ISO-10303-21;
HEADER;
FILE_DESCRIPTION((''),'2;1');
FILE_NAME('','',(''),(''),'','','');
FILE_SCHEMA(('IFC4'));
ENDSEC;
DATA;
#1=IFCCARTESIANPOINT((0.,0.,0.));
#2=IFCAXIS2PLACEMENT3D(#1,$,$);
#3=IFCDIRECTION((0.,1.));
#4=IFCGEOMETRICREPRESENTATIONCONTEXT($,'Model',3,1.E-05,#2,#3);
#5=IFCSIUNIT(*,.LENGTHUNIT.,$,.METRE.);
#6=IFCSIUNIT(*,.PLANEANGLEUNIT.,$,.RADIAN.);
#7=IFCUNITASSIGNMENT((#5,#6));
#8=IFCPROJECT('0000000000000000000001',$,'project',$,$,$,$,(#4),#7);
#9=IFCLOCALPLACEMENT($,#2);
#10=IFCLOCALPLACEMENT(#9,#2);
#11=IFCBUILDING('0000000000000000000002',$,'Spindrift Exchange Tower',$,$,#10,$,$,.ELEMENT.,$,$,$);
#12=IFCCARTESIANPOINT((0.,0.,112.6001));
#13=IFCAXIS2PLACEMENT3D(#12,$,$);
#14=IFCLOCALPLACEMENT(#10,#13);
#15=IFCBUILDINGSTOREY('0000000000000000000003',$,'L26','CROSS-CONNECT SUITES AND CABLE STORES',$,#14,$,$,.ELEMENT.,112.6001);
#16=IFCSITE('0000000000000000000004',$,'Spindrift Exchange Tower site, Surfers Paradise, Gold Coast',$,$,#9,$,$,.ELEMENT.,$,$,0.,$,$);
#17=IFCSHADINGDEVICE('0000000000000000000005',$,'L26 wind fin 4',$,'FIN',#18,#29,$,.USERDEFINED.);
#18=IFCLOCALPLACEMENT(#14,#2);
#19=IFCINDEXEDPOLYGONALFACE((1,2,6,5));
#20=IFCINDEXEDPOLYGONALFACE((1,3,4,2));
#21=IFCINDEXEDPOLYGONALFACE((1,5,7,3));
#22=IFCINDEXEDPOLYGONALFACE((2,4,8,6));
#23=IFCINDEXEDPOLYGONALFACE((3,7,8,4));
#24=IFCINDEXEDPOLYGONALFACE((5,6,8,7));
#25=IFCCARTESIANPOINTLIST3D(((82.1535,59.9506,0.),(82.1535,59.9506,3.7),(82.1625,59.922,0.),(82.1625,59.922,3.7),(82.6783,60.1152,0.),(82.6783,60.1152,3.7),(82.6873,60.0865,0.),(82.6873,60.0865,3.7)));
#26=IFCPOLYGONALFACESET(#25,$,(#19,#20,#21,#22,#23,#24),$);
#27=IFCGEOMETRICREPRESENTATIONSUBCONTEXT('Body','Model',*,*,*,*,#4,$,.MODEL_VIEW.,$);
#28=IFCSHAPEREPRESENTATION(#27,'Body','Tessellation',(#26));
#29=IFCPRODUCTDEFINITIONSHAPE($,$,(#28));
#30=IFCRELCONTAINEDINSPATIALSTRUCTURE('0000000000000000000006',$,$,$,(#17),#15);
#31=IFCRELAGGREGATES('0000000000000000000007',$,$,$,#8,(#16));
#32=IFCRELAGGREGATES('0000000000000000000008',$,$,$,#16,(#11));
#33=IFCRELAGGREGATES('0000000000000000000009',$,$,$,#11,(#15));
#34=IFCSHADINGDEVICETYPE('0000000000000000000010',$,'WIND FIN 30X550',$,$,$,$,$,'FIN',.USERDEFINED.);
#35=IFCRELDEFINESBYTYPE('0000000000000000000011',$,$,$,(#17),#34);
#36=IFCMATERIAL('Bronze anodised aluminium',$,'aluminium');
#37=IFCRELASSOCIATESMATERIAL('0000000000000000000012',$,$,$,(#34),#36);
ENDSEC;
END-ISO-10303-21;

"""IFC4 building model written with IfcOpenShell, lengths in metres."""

from ifc_helpers import new_model, si_unit, direction, frame, origin, origin_2d, place, context, subcontext, project, spatial, rectangle, extrude, source, transform, mapped, material, material_profile, profile_set, type_object, element, save


model = new_model("IFC4")

# Units and contexts
model_context = context("Model", 3, precision=1e-05, world=origin(), true_north=direction((0.0, 1.0)))
body_context = subcontext(model_context, "Body", "Model", "MODEL_VIEW")
ifc_project = project(units=[si_unit("LENGTHUNIT", "METRE"), si_unit("PLANEANGLEUNIT", "RADIAN")], contexts=[model_context])

# Site, building, storey
site_placement = place(None, origin())
site = spatial("IfcSite", under=ifc_project, at=site_placement, Name="Spindrift Exchange Tower site, Surfers Paradise, Gold Coast", CompositionType="ELEMENT", RefElevation=0.0)
building_placement = place(site_placement, origin())
building = spatial("IfcBuilding", under=site, at=building_placement, Name="Spindrift Exchange Tower", CompositionType="ELEMENT")
storey_placement = place(building_placement, frame((0.0, 0.0, 112.6001)))
storey = spatial("IfcBuildingStorey", under=building, at=storey_placement, Name="L26", Description="CROSS-CONNECT SUITES AND CABLE STORES", CompositionType="ELEMENT", Elevation=112.6001)

# Shared definitions
ifc_material_1 = material(Name="Bronze anodised aluminium", Category="aluminium")

# Shading device
ifc_material_profile_1 = material_profile(ifc_material_1, rectangle(XDim=0.03, YDim=0.55, at=origin_2d()), Name="WIND FIN 30X550")
ifc_profile_set_1 = profile_set([ifc_material_profile_1], Name="Bronze anodised aluminium")
shading_device_type = type_object("IfcShadingDeviceType", Name="WIND FIN 30X550", ElementType="FIN", PredefinedType="USERDEFINED", material=ifc_profile_set_1)
shared_shape_1 = source(origin(), body_context, "Body", "SweptSolid", [
    extrude(rectangle(XDim=0.03, YDim=0.55, at=origin_2d()), origin(), (0.0, 0.0, 1.0), 3.7),
])
shading_device_placement = place(storey_placement, frame((82.4204, 60.0186, 0.0), z_axis=(0.0, 0.0, 1.0), x_axis=(-0.299152, 0.954205, 0.0)))
element("IfcShadingDevice", 1, at=shading_device_placement, inside=storey, type_object=shading_device_type, Name="L26 wind fin 4", ObjectType="FIN", PredefinedType="USERDEFINED", context=body_context, shape_type="MappedRepresentation", body=[
    mapped(shared_shape_1, transform((0.0, 0.0, 0.0), scale=1.0)),
])

save(model, "model.ifc")
